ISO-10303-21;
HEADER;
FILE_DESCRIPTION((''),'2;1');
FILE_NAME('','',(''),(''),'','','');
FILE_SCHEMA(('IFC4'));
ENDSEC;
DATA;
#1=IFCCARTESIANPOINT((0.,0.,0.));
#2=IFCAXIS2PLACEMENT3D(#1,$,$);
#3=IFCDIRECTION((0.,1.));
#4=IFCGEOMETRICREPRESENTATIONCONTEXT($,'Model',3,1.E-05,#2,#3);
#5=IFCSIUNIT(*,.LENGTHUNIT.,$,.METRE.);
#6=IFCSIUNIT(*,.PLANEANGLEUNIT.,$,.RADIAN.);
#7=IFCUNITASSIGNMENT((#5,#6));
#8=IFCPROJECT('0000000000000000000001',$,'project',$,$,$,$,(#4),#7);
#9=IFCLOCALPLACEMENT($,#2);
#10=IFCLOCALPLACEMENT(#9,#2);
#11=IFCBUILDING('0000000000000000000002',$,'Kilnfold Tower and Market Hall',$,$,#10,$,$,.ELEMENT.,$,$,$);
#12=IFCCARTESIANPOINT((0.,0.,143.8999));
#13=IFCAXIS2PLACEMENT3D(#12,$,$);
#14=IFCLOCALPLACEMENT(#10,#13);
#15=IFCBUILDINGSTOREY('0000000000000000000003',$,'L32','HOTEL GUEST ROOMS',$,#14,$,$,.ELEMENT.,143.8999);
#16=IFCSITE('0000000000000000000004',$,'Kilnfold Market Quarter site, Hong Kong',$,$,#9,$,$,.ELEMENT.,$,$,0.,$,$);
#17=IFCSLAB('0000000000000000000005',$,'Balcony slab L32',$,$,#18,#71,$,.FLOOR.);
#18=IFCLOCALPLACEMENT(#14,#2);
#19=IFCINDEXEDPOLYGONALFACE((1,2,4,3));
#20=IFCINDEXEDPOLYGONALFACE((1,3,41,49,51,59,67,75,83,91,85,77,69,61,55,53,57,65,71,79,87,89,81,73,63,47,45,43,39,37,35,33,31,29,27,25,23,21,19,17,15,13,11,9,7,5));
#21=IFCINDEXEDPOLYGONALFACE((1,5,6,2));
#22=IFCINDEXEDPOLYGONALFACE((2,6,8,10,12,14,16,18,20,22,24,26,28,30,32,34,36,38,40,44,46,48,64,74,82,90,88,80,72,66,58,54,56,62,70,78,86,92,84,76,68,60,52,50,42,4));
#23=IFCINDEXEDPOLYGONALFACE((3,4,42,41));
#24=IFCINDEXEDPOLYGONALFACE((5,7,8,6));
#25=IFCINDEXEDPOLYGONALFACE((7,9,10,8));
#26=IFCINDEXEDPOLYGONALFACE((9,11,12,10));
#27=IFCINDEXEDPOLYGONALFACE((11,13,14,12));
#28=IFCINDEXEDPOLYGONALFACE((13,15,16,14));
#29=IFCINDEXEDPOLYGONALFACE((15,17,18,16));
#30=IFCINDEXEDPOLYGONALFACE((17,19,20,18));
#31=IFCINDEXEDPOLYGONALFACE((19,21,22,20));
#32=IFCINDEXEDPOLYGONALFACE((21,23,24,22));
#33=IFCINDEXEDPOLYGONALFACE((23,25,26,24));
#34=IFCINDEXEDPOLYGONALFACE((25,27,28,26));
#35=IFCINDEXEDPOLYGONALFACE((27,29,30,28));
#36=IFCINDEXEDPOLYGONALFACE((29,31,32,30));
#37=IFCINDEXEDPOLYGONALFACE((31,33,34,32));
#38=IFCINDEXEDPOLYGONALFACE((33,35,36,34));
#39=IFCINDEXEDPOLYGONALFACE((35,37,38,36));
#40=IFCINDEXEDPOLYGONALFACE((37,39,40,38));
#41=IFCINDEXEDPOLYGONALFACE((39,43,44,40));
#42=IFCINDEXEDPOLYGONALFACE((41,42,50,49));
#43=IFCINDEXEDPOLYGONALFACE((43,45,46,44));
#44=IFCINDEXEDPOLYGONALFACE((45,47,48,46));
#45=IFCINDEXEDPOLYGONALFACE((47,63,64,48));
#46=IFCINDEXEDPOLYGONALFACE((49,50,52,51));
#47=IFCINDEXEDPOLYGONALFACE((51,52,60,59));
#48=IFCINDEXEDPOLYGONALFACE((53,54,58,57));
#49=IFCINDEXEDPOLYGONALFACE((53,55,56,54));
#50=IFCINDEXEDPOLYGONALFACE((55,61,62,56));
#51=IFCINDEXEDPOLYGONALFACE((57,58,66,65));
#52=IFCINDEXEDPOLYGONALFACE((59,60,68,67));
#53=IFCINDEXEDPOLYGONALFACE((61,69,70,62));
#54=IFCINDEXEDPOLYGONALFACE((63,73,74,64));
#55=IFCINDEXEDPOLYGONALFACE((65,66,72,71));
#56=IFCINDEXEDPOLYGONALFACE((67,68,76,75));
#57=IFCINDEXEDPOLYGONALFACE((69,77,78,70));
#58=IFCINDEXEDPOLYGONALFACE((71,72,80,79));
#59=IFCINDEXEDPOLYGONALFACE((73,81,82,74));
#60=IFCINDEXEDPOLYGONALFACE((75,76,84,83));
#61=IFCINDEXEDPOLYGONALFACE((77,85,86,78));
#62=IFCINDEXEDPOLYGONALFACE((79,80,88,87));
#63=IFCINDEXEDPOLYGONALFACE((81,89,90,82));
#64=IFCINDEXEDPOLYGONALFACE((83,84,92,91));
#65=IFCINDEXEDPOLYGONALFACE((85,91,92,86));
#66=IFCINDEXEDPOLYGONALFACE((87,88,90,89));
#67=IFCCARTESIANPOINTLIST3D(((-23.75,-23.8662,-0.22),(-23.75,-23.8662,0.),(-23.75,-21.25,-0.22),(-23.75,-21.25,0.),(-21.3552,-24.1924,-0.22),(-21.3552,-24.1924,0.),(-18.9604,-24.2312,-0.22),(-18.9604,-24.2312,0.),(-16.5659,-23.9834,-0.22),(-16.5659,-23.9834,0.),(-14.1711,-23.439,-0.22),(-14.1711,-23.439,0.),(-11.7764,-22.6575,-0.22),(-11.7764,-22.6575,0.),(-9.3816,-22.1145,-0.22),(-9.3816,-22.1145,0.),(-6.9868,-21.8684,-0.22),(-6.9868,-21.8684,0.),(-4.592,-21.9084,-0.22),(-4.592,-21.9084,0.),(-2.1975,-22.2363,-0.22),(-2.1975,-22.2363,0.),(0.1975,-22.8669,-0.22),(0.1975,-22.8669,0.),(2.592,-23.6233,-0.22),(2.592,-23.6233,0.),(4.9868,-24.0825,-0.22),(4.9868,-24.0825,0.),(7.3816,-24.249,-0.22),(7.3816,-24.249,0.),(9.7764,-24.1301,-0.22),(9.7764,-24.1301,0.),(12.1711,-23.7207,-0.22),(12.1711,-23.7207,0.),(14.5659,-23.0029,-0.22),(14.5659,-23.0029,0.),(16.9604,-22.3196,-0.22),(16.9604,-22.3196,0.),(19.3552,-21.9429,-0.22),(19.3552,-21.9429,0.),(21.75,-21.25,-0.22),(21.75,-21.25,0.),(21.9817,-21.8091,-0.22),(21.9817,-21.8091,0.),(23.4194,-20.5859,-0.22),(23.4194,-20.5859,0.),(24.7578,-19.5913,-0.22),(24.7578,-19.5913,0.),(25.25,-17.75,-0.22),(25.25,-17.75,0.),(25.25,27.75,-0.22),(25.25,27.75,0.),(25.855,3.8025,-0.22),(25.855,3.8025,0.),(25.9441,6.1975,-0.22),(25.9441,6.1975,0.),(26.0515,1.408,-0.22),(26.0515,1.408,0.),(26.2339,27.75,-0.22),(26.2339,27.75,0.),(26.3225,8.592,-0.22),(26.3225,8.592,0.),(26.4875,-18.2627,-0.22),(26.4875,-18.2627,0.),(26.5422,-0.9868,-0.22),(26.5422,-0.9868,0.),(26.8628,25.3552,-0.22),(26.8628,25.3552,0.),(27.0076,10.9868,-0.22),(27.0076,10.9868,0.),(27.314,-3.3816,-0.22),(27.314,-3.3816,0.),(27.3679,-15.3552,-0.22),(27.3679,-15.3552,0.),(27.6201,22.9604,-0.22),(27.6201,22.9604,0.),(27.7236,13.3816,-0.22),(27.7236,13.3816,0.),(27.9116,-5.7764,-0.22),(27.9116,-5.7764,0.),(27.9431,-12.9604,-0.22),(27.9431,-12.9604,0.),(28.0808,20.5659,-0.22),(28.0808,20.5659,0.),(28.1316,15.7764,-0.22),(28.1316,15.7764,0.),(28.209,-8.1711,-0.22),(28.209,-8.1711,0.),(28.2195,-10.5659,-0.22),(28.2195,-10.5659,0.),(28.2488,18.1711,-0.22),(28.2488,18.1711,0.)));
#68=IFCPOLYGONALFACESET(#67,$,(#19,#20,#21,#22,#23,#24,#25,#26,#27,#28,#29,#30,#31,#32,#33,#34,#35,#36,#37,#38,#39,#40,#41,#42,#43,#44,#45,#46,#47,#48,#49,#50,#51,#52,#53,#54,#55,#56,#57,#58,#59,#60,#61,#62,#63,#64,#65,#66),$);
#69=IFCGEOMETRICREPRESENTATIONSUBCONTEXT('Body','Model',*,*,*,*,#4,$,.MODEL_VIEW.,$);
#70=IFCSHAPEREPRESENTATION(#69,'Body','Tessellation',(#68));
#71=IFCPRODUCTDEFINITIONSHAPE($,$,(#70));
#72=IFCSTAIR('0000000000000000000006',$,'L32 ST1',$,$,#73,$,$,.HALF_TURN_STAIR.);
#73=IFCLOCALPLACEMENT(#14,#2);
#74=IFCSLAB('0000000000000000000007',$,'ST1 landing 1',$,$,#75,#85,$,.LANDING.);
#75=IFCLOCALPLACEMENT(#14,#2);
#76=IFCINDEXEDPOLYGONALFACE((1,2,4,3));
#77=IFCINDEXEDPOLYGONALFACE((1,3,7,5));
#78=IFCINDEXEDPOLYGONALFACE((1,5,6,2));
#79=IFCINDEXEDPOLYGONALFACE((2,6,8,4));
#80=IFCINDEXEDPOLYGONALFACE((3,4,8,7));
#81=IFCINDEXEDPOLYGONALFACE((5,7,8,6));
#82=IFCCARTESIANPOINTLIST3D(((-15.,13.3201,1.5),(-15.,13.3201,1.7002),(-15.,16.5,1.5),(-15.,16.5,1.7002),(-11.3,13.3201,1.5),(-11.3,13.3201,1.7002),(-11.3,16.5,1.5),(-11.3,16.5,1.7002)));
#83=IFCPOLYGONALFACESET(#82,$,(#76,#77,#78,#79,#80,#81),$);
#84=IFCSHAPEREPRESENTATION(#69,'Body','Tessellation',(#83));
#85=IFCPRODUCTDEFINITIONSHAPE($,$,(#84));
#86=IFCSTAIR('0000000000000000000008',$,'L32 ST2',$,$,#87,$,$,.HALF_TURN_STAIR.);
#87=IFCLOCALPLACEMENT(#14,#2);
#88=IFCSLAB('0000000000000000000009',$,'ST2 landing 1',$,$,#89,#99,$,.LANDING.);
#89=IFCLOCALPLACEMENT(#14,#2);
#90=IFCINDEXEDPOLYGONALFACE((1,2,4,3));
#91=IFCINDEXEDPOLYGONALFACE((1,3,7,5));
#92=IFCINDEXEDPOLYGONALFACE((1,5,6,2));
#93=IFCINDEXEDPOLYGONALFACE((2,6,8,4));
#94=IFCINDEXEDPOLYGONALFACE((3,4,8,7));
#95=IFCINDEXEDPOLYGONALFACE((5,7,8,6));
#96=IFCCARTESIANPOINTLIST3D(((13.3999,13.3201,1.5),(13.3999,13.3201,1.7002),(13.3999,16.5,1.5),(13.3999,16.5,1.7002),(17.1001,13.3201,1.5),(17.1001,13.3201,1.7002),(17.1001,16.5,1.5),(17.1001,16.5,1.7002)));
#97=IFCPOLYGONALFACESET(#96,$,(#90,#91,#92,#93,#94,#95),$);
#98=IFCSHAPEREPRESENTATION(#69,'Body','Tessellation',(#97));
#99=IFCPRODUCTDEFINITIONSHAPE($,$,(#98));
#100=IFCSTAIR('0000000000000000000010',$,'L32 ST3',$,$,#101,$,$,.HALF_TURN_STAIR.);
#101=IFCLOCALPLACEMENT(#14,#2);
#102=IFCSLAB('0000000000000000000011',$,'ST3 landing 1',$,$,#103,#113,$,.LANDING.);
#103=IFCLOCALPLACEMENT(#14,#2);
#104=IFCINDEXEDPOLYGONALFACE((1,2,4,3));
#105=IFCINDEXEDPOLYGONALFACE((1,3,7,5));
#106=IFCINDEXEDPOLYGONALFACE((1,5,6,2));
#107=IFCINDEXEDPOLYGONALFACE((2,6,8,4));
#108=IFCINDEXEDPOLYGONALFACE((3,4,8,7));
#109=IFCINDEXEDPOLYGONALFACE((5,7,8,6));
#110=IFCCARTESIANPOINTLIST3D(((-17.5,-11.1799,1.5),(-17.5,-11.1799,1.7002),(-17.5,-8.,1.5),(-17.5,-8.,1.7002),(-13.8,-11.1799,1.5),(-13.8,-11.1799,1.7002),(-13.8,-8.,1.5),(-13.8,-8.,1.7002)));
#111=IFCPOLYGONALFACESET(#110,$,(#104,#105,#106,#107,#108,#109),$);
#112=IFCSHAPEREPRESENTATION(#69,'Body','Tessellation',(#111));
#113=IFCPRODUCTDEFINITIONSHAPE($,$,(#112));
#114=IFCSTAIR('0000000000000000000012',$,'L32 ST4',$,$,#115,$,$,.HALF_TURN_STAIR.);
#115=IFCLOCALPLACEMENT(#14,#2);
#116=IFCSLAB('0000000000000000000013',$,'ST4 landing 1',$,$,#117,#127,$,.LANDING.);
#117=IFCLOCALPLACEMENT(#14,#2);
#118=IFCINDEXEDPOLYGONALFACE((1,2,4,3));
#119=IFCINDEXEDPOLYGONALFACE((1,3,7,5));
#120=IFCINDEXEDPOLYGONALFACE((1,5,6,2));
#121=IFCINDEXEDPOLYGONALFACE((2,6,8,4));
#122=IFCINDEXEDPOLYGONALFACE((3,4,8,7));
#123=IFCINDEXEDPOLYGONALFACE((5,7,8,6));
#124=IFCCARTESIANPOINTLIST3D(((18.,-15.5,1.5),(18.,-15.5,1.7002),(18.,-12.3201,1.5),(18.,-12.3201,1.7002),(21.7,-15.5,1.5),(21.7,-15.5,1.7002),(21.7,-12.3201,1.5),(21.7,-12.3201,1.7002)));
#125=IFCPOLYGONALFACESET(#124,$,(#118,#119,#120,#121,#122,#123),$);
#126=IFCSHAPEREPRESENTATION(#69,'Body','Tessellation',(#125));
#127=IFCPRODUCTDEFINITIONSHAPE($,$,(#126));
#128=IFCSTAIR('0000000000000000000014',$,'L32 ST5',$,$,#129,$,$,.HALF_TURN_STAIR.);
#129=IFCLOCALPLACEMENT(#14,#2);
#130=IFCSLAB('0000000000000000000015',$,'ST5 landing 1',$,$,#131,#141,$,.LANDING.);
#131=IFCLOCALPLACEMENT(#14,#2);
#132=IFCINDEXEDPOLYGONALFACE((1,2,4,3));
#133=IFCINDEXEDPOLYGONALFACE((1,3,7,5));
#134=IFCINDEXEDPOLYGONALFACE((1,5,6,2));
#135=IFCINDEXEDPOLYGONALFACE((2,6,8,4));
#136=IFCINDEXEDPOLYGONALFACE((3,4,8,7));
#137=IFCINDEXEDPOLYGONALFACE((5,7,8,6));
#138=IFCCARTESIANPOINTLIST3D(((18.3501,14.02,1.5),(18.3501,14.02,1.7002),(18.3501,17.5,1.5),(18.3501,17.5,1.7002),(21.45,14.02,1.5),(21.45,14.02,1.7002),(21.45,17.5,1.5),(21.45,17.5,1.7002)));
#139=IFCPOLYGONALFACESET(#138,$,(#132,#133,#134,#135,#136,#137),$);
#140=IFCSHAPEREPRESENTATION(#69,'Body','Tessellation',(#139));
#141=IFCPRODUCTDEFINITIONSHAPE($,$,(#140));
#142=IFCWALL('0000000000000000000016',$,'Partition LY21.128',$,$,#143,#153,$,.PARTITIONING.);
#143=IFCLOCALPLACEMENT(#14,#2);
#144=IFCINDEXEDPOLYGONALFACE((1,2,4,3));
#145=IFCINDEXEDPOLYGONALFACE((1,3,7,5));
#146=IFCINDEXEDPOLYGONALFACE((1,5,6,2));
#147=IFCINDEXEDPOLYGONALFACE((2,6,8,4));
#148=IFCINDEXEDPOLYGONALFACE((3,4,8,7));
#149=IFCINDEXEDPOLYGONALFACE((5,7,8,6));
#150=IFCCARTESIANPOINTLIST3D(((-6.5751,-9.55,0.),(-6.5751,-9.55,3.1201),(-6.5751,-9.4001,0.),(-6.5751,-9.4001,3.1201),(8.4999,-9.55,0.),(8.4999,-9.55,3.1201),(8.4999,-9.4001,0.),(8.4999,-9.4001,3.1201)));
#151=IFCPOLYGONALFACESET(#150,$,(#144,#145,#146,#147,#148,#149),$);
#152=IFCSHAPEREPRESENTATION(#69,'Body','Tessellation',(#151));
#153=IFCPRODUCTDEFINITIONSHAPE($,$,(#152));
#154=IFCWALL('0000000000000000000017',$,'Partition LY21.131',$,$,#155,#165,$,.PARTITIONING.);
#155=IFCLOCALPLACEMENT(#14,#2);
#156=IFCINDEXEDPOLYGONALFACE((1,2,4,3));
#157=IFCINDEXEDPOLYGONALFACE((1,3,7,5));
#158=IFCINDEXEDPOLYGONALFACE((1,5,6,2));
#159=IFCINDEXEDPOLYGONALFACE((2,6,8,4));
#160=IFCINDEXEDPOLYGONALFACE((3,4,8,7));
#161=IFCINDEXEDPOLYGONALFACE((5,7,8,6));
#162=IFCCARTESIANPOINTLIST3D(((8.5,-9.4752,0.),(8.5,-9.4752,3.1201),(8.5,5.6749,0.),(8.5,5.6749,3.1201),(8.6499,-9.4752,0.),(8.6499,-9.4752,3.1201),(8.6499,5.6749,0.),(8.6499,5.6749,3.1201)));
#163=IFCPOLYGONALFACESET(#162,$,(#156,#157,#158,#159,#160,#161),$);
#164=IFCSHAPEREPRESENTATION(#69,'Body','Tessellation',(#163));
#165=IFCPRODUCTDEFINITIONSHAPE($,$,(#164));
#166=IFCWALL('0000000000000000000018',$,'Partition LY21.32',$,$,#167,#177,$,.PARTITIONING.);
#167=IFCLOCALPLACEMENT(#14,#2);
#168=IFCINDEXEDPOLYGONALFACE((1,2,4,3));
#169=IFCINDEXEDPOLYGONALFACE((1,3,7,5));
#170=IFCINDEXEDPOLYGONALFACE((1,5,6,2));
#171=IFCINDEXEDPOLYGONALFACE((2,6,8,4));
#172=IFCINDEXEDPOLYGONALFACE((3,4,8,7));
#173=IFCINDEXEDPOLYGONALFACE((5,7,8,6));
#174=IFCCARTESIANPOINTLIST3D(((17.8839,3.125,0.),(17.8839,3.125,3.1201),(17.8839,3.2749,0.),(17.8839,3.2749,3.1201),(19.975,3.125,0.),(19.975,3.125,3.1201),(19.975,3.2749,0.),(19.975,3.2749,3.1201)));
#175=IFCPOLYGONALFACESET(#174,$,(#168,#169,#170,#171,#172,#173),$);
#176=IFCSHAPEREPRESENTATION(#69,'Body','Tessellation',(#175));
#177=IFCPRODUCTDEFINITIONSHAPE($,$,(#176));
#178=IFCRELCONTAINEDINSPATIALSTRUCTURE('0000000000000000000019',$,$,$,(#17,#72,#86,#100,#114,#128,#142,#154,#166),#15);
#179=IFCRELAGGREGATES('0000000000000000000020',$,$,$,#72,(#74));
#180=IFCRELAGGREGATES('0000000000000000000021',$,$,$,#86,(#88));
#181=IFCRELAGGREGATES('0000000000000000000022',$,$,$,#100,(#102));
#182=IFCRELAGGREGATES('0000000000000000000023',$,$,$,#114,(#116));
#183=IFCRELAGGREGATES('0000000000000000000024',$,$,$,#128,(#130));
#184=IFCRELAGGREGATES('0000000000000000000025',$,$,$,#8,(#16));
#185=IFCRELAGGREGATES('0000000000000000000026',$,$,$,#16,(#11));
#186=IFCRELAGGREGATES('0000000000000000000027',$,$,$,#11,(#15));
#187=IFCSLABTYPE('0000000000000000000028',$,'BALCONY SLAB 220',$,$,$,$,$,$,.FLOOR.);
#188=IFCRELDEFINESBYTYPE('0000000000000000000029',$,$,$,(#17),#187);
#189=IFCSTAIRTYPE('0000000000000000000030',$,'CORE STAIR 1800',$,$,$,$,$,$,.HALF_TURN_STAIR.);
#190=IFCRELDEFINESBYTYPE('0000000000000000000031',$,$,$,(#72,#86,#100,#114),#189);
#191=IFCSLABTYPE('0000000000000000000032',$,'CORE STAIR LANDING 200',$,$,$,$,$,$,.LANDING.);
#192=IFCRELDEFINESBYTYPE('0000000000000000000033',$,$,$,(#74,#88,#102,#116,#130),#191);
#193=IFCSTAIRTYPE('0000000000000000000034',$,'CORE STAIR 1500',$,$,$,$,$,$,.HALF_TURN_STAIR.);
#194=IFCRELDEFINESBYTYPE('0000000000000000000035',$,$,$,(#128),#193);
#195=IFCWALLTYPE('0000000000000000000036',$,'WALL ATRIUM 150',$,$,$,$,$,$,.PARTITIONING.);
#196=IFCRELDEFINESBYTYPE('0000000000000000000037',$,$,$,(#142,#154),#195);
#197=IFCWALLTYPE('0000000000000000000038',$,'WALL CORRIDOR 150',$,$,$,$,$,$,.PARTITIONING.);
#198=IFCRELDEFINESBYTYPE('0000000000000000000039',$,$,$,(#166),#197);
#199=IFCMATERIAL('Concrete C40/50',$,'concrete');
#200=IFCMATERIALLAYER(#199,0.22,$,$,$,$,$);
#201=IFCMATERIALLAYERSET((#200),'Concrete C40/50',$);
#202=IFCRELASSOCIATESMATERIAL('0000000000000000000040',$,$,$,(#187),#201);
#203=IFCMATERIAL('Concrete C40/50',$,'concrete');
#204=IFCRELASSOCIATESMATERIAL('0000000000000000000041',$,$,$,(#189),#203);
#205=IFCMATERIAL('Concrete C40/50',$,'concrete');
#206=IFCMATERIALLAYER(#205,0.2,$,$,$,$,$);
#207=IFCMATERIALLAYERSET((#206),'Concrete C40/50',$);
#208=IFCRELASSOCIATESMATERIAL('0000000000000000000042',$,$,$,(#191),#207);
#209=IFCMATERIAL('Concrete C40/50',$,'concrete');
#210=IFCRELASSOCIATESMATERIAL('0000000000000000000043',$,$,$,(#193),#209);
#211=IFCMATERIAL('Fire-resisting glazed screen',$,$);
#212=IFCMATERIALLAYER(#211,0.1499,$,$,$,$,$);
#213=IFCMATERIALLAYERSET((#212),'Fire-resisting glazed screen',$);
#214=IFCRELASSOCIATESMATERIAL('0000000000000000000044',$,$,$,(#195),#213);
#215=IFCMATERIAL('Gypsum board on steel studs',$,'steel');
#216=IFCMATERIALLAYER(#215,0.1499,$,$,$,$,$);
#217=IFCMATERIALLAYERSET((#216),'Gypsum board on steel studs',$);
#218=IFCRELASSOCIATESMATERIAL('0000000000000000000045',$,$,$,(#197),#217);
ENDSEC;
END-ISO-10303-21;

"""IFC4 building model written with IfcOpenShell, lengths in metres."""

from ifc_helpers import new_model, si_unit, direction, frame, frame_2d, origin, place, context, subcontext, project, spatial, polyline, rectangle, outline, extrude, source, transform, mapped, material, layer, layer_set, type_object, element, aggregate, save


model = new_model("IFC4")

# Units and contexts
model_context = context("Model", 3, precision=1e-05, world=origin(), true_north=direction((0.0, 1.0)))
body_context = subcontext(model_context, "Body", "Model", "MODEL_VIEW")
ifc_project = project(units=[si_unit("LENGTHUNIT", "METRE"), si_unit("PLANEANGLEUNIT", "RADIAN")], contexts=[model_context])

# Site, building, storey
site_placement = place(None, origin())
site = spatial("IfcSite", under=ifc_project, at=site_placement, Name="Kilnfold Market Quarter site, Hong Kong", CompositionType="ELEMENT", RefElevation=0.0)
building_placement = place(site_placement, origin())
building = spatial("IfcBuilding", under=site, at=building_placement, Name="Kilnfold Tower and Market Hall", CompositionType="ELEMENT")
storey_placement = place(building_placement, frame((0.0, 0.0, 143.8999)))
storey = spatial("IfcBuildingStorey", under=building, at=storey_placement, Name="L32", Description="HOTEL GUEST ROOMS", CompositionType="ELEMENT", Elevation=143.8999)

# Slab
ifc_material_1 = material(Name="Concrete C40/50", Category="concrete")
ifc_layer_1 = layer(ifc_material_1, 0.22)
ifc_layer_set_1 = layer_set([ifc_layer_1], Name="Concrete C40/50")
slab_type_1 = type_object("IfcSlabType", Name="BALCONY SLAB 220", PredefinedType="FLOOR", material=ifc_layer_set_1)
shared_shape_1 = source(origin(), body_context, "Body", "SweptSolid", [
    extrude(outline(polyline([(-23.75, -21.25), (21.75, -21.25), (25.25, -17.75), (25.25, 27.75), (26.2339, 27.75), (26.8628, 25.3552), (27.6201, 22.9604), (28.0808, 20.5659), (28.2488, 18.1711), (28.1316, 15.7764), (27.7236, 13.3816), (27.0076, 10.9868), (26.3225, 8.592), (25.9441, 6.1975), (25.855, 3.8025), (26.0515, 1.408), (26.5422, -0.9868), (27.314, -3.3816), (27.9116, -5.7764), (28.209, -8.1711), (28.2195, -10.5659), (27.9431, -12.9604), (27.3679, -15.3552), (26.4875, -18.2627), (24.7578, -19.5913), (23.4194, -20.5859), (21.9817, -21.8091), (19.3552, -21.9429), (16.9604, -22.3196), (14.5659, -23.0029), (12.1711, -23.7207), (9.7764, -24.1301), (7.3816, -24.249), (4.9868, -24.0825), (2.592, -23.6233), (0.1975, -22.8669), (-2.1975, -22.2363), (-4.592, -21.9084), (-6.9868, -21.8684), (-9.3816, -22.1145), (-11.7764, -22.6575), (-14.1711, -23.439), (-16.5659, -23.9834), (-18.9604, -24.2312), (-21.3552, -24.1924), (-23.75, -23.8662), (-23.75, -21.25)])), origin(), (0.0, 0.0, 1.0), 0.22),
])
slab_1_placement = place(storey_placement, frame((0.0, 0.0, -0.22)))
element("IfcSlab", 1, at=slab_1_placement, inside=storey, type_object=slab_type_1, Name="Balcony slab L32", PredefinedType="FLOOR", context=body_context, shape_type="MappedRepresentation", body=[
    mapped(shared_shape_1, transform((0.0, 0.0, 0.0))),
])

# Stairs, slabs
ifc_material_2 = material(Name="Concrete C40/50", Category="concrete")
stair_type_1 = type_object("IfcStairType", Name="CORE STAIR 1800", PredefinedType="HALF_TURN_STAIR", material=ifc_material_2)
stair_1_placement = place(storey_placement, origin())
stair_1 = element("IfcStair", 2, at=stair_1_placement, inside=storey, type_object=stair_type_1, Name="L32 ST1", PredefinedType="HALF_TURN_STAIR")
ifc_material_3 = material(Name="Concrete C40/50", Category="concrete")
ifc_layer_2 = layer(ifc_material_3, 0.2)
ifc_layer_set_2 = layer_set([ifc_layer_2], Name="Concrete C40/50")
slab_type_2 = type_object("IfcSlabType", Name="CORE STAIR LANDING 200", PredefinedType="LANDING", material=ifc_layer_set_2)
shared_shape_2 = source(origin(), body_context, "Body", "SweptSolid", [
    extrude(outline(polyline([(-11.3, 13.3201), (-11.3, 16.5), (-15.0, 16.5), (-15.0, 13.3201), (-11.3, 13.3201)])), origin(), (0.0, 0.0, 1.0), 0.2002),
])
slab_2_placement = place(storey_placement, frame((0.0, 0.0, 1.5)))
slab_2 = element("IfcSlab", 3, at=slab_2_placement, type_object=slab_type_2, Name="ST1 landing 1", PredefinedType="LANDING", context=body_context, shape_type="MappedRepresentation", body=[
    mapped(shared_shape_2, transform((0.0, 0.0, 0.0))),
])
aggregate(stair_1, [slab_2])
stair_2_placement = place(storey_placement, origin())
stair_2 = element("IfcStair", 4, at=stair_2_placement, inside=storey, type_object=stair_type_1, Name="L32 ST2", PredefinedType="HALF_TURN_STAIR")
shared_shape_3 = source(origin(), body_context, "Body", "SweptSolid", [
    extrude(outline(polyline([(17.1001, 13.3201), (17.1001, 16.5), (13.3999, 16.5), (13.3999, 13.3201), (17.1001, 13.3201)])), origin(), (0.0, 0.0, 1.0), 0.2002),
])
slab_3_placement = place(storey_placement, frame((0.0, 0.0, 1.5)))
slab_3 = element("IfcSlab", 5, at=slab_3_placement, type_object=slab_type_2, Name="ST2 landing 1", PredefinedType="LANDING", context=body_context, shape_type="MappedRepresentation", body=[
    mapped(shared_shape_3, transform((0.0, 0.0, 0.0))),
])
aggregate(stair_2, [slab_3])
stair_3_placement = place(storey_placement, origin())
stair_3 = element("IfcStair", 6, at=stair_3_placement, inside=storey, type_object=stair_type_1, Name="L32 ST3", PredefinedType="HALF_TURN_STAIR")
shared_shape_4 = source(origin(), body_context, "Body", "SweptSolid", [
    extrude(outline(polyline([(-13.8, -11.1799), (-13.8, -8.0), (-17.5, -8.0), (-17.5, -11.1799), (-13.8, -11.1799)])), origin(), (0.0, 0.0, 1.0), 0.2002),
])
slab_4_placement = place(storey_placement, frame((0.0, 0.0, 1.5)))
slab_4 = element("IfcSlab", 7, at=slab_4_placement, type_object=slab_type_2, Name="ST3 landing 1", PredefinedType="LANDING", context=body_context, shape_type="MappedRepresentation", body=[
    mapped(shared_shape_4, transform((0.0, 0.0, 0.0))),
])
aggregate(stair_3, [slab_4])
stair_4_placement = place(storey_placement, origin())
stair_4 = element("IfcStair", 8, at=stair_4_placement, inside=storey, type_object=stair_type_1, Name="L32 ST4", PredefinedType="HALF_TURN_STAIR")
shared_shape_5 = source(origin(), body_context, "Body", "SweptSolid", [
    extrude(outline(polyline([(18.0, -12.3201), (18.0, -15.5), (21.7, -15.5), (21.7, -12.3201), (18.0, -12.3201)])), origin(), (0.0, 0.0, 1.0), 0.2002),
])
slab_5_placement = place(storey_placement, frame((0.0, 0.0, 1.5)))
slab_5 = element("IfcSlab", 9, at=slab_5_placement, type_object=slab_type_2, Name="ST4 landing 1", PredefinedType="LANDING", context=body_context, shape_type="MappedRepresentation", body=[
    mapped(shared_shape_5, transform((0.0, 0.0, 0.0))),
])
aggregate(stair_4, [slab_5])
ifc_material_4 = material(Name="Concrete C40/50", Category="concrete")
stair_type_2 = type_object("IfcStairType", Name="CORE STAIR 1500", PredefinedType="HALF_TURN_STAIR", material=ifc_material_4)
stair_5_placement = place(storey_placement, origin())
stair_5 = element("IfcStair", 10, at=stair_5_placement, inside=storey, type_object=stair_type_2, Name="L32 ST5", PredefinedType="HALF_TURN_STAIR")
shared_shape_6 = source(origin(), body_context, "Body", "SweptSolid", [
    extrude(outline(polyline([(21.45, 14.02), (21.45, 17.5), (18.3501, 17.5), (18.3501, 14.02), (21.45, 14.02)])), origin(), (0.0, 0.0, 1.0), 0.2002),
])
slab_6_placement = place(storey_placement, frame((0.0, 0.0, 1.5)))
slab_6 = element("IfcSlab", 11, at=slab_6_placement, type_object=slab_type_2, Name="ST5 landing 1", PredefinedType="LANDING", context=body_context, shape_type="MappedRepresentation", body=[
    mapped(shared_shape_6, transform((0.0, 0.0, 0.0))),
])
aggregate(stair_5, [slab_6])

# Walls
ifc_material_5 = material(Name="Fire-resisting glazed screen")
ifc_layer_3 = layer(ifc_material_5, 0.1499)
ifc_layer_set_3 = layer_set([ifc_layer_3], Name="Fire-resisting glazed screen")
wall_type_1 = type_object("IfcWallType", Name="WALL ATRIUM 150", PredefinedType="PARTITIONING", material=ifc_layer_set_3)
wall_1_placement = place(storey_placement, frame((8.5, -9.4751, 0.0), z_axis=(0.0, 0.0, 1.0), x_axis=(-1.0, 0.0, 0.0)))
element("IfcWall", 12, at=wall_1_placement, inside=storey, type_object=wall_type_1, Name="Partition LY21.128", PredefinedType="PARTITIONING", context=body_context, shape_type="SweptSolid", body=[
    extrude(rectangle(XDim=15.075, YDim=0.1499, at=frame_2d((7.5376, 0.0))), origin(), (0.0, 0.0, 1.0), 3.1201),
])
wall_2_placement = place(storey_placement, frame((8.575, 5.675, 0.0), z_axis=(0.0, 0.0, 1.0), x_axis=(0.0, -1.0, 0.0)))
element("IfcWall", 13, at=wall_2_placement, inside=storey, type_object=wall_type_1, Name="Partition LY21.131", PredefinedType="PARTITIONING", context=body_context, shape_type="SweptSolid", body=[
    extrude(rectangle(XDim=15.1501, YDim=0.1499, at=frame_2d((7.5752, 0.0))), origin(), (0.0, 0.0, 1.0), 3.1201),
])
ifc_material_6 = material(Name="Gypsum board on steel studs", Category="steel")
ifc_layer_4 = layer(ifc_material_6, 0.1499)
ifc_layer_set_4 = layer_set([ifc_layer_4], Name="Gypsum board on steel studs")
wall_type_2 = type_object("IfcWallType", Name="WALL CORRIDOR 150", PredefinedType="PARTITIONING", material=ifc_layer_set_4)
wall_3_placement = place(storey_placement, frame((17.884, 3.2, 0.0), z_axis=(0.0, 0.0, 1.0), x_axis=(1.0, 0.0, 0.0)))
element("IfcWall", 14, at=wall_3_placement, inside=storey, type_object=wall_type_2, Name="Partition LY21.32", PredefinedType="PARTITIONING", context=body_context, shape_type="SweptSolid", body=[
    extrude(rectangle(XDim=2.0911, YDim=0.1499, at=frame_2d((1.0454, 0.0))), origin(), (0.0, 0.0, 1.0), 3.1201),
])

save(model, "model.ifc")
